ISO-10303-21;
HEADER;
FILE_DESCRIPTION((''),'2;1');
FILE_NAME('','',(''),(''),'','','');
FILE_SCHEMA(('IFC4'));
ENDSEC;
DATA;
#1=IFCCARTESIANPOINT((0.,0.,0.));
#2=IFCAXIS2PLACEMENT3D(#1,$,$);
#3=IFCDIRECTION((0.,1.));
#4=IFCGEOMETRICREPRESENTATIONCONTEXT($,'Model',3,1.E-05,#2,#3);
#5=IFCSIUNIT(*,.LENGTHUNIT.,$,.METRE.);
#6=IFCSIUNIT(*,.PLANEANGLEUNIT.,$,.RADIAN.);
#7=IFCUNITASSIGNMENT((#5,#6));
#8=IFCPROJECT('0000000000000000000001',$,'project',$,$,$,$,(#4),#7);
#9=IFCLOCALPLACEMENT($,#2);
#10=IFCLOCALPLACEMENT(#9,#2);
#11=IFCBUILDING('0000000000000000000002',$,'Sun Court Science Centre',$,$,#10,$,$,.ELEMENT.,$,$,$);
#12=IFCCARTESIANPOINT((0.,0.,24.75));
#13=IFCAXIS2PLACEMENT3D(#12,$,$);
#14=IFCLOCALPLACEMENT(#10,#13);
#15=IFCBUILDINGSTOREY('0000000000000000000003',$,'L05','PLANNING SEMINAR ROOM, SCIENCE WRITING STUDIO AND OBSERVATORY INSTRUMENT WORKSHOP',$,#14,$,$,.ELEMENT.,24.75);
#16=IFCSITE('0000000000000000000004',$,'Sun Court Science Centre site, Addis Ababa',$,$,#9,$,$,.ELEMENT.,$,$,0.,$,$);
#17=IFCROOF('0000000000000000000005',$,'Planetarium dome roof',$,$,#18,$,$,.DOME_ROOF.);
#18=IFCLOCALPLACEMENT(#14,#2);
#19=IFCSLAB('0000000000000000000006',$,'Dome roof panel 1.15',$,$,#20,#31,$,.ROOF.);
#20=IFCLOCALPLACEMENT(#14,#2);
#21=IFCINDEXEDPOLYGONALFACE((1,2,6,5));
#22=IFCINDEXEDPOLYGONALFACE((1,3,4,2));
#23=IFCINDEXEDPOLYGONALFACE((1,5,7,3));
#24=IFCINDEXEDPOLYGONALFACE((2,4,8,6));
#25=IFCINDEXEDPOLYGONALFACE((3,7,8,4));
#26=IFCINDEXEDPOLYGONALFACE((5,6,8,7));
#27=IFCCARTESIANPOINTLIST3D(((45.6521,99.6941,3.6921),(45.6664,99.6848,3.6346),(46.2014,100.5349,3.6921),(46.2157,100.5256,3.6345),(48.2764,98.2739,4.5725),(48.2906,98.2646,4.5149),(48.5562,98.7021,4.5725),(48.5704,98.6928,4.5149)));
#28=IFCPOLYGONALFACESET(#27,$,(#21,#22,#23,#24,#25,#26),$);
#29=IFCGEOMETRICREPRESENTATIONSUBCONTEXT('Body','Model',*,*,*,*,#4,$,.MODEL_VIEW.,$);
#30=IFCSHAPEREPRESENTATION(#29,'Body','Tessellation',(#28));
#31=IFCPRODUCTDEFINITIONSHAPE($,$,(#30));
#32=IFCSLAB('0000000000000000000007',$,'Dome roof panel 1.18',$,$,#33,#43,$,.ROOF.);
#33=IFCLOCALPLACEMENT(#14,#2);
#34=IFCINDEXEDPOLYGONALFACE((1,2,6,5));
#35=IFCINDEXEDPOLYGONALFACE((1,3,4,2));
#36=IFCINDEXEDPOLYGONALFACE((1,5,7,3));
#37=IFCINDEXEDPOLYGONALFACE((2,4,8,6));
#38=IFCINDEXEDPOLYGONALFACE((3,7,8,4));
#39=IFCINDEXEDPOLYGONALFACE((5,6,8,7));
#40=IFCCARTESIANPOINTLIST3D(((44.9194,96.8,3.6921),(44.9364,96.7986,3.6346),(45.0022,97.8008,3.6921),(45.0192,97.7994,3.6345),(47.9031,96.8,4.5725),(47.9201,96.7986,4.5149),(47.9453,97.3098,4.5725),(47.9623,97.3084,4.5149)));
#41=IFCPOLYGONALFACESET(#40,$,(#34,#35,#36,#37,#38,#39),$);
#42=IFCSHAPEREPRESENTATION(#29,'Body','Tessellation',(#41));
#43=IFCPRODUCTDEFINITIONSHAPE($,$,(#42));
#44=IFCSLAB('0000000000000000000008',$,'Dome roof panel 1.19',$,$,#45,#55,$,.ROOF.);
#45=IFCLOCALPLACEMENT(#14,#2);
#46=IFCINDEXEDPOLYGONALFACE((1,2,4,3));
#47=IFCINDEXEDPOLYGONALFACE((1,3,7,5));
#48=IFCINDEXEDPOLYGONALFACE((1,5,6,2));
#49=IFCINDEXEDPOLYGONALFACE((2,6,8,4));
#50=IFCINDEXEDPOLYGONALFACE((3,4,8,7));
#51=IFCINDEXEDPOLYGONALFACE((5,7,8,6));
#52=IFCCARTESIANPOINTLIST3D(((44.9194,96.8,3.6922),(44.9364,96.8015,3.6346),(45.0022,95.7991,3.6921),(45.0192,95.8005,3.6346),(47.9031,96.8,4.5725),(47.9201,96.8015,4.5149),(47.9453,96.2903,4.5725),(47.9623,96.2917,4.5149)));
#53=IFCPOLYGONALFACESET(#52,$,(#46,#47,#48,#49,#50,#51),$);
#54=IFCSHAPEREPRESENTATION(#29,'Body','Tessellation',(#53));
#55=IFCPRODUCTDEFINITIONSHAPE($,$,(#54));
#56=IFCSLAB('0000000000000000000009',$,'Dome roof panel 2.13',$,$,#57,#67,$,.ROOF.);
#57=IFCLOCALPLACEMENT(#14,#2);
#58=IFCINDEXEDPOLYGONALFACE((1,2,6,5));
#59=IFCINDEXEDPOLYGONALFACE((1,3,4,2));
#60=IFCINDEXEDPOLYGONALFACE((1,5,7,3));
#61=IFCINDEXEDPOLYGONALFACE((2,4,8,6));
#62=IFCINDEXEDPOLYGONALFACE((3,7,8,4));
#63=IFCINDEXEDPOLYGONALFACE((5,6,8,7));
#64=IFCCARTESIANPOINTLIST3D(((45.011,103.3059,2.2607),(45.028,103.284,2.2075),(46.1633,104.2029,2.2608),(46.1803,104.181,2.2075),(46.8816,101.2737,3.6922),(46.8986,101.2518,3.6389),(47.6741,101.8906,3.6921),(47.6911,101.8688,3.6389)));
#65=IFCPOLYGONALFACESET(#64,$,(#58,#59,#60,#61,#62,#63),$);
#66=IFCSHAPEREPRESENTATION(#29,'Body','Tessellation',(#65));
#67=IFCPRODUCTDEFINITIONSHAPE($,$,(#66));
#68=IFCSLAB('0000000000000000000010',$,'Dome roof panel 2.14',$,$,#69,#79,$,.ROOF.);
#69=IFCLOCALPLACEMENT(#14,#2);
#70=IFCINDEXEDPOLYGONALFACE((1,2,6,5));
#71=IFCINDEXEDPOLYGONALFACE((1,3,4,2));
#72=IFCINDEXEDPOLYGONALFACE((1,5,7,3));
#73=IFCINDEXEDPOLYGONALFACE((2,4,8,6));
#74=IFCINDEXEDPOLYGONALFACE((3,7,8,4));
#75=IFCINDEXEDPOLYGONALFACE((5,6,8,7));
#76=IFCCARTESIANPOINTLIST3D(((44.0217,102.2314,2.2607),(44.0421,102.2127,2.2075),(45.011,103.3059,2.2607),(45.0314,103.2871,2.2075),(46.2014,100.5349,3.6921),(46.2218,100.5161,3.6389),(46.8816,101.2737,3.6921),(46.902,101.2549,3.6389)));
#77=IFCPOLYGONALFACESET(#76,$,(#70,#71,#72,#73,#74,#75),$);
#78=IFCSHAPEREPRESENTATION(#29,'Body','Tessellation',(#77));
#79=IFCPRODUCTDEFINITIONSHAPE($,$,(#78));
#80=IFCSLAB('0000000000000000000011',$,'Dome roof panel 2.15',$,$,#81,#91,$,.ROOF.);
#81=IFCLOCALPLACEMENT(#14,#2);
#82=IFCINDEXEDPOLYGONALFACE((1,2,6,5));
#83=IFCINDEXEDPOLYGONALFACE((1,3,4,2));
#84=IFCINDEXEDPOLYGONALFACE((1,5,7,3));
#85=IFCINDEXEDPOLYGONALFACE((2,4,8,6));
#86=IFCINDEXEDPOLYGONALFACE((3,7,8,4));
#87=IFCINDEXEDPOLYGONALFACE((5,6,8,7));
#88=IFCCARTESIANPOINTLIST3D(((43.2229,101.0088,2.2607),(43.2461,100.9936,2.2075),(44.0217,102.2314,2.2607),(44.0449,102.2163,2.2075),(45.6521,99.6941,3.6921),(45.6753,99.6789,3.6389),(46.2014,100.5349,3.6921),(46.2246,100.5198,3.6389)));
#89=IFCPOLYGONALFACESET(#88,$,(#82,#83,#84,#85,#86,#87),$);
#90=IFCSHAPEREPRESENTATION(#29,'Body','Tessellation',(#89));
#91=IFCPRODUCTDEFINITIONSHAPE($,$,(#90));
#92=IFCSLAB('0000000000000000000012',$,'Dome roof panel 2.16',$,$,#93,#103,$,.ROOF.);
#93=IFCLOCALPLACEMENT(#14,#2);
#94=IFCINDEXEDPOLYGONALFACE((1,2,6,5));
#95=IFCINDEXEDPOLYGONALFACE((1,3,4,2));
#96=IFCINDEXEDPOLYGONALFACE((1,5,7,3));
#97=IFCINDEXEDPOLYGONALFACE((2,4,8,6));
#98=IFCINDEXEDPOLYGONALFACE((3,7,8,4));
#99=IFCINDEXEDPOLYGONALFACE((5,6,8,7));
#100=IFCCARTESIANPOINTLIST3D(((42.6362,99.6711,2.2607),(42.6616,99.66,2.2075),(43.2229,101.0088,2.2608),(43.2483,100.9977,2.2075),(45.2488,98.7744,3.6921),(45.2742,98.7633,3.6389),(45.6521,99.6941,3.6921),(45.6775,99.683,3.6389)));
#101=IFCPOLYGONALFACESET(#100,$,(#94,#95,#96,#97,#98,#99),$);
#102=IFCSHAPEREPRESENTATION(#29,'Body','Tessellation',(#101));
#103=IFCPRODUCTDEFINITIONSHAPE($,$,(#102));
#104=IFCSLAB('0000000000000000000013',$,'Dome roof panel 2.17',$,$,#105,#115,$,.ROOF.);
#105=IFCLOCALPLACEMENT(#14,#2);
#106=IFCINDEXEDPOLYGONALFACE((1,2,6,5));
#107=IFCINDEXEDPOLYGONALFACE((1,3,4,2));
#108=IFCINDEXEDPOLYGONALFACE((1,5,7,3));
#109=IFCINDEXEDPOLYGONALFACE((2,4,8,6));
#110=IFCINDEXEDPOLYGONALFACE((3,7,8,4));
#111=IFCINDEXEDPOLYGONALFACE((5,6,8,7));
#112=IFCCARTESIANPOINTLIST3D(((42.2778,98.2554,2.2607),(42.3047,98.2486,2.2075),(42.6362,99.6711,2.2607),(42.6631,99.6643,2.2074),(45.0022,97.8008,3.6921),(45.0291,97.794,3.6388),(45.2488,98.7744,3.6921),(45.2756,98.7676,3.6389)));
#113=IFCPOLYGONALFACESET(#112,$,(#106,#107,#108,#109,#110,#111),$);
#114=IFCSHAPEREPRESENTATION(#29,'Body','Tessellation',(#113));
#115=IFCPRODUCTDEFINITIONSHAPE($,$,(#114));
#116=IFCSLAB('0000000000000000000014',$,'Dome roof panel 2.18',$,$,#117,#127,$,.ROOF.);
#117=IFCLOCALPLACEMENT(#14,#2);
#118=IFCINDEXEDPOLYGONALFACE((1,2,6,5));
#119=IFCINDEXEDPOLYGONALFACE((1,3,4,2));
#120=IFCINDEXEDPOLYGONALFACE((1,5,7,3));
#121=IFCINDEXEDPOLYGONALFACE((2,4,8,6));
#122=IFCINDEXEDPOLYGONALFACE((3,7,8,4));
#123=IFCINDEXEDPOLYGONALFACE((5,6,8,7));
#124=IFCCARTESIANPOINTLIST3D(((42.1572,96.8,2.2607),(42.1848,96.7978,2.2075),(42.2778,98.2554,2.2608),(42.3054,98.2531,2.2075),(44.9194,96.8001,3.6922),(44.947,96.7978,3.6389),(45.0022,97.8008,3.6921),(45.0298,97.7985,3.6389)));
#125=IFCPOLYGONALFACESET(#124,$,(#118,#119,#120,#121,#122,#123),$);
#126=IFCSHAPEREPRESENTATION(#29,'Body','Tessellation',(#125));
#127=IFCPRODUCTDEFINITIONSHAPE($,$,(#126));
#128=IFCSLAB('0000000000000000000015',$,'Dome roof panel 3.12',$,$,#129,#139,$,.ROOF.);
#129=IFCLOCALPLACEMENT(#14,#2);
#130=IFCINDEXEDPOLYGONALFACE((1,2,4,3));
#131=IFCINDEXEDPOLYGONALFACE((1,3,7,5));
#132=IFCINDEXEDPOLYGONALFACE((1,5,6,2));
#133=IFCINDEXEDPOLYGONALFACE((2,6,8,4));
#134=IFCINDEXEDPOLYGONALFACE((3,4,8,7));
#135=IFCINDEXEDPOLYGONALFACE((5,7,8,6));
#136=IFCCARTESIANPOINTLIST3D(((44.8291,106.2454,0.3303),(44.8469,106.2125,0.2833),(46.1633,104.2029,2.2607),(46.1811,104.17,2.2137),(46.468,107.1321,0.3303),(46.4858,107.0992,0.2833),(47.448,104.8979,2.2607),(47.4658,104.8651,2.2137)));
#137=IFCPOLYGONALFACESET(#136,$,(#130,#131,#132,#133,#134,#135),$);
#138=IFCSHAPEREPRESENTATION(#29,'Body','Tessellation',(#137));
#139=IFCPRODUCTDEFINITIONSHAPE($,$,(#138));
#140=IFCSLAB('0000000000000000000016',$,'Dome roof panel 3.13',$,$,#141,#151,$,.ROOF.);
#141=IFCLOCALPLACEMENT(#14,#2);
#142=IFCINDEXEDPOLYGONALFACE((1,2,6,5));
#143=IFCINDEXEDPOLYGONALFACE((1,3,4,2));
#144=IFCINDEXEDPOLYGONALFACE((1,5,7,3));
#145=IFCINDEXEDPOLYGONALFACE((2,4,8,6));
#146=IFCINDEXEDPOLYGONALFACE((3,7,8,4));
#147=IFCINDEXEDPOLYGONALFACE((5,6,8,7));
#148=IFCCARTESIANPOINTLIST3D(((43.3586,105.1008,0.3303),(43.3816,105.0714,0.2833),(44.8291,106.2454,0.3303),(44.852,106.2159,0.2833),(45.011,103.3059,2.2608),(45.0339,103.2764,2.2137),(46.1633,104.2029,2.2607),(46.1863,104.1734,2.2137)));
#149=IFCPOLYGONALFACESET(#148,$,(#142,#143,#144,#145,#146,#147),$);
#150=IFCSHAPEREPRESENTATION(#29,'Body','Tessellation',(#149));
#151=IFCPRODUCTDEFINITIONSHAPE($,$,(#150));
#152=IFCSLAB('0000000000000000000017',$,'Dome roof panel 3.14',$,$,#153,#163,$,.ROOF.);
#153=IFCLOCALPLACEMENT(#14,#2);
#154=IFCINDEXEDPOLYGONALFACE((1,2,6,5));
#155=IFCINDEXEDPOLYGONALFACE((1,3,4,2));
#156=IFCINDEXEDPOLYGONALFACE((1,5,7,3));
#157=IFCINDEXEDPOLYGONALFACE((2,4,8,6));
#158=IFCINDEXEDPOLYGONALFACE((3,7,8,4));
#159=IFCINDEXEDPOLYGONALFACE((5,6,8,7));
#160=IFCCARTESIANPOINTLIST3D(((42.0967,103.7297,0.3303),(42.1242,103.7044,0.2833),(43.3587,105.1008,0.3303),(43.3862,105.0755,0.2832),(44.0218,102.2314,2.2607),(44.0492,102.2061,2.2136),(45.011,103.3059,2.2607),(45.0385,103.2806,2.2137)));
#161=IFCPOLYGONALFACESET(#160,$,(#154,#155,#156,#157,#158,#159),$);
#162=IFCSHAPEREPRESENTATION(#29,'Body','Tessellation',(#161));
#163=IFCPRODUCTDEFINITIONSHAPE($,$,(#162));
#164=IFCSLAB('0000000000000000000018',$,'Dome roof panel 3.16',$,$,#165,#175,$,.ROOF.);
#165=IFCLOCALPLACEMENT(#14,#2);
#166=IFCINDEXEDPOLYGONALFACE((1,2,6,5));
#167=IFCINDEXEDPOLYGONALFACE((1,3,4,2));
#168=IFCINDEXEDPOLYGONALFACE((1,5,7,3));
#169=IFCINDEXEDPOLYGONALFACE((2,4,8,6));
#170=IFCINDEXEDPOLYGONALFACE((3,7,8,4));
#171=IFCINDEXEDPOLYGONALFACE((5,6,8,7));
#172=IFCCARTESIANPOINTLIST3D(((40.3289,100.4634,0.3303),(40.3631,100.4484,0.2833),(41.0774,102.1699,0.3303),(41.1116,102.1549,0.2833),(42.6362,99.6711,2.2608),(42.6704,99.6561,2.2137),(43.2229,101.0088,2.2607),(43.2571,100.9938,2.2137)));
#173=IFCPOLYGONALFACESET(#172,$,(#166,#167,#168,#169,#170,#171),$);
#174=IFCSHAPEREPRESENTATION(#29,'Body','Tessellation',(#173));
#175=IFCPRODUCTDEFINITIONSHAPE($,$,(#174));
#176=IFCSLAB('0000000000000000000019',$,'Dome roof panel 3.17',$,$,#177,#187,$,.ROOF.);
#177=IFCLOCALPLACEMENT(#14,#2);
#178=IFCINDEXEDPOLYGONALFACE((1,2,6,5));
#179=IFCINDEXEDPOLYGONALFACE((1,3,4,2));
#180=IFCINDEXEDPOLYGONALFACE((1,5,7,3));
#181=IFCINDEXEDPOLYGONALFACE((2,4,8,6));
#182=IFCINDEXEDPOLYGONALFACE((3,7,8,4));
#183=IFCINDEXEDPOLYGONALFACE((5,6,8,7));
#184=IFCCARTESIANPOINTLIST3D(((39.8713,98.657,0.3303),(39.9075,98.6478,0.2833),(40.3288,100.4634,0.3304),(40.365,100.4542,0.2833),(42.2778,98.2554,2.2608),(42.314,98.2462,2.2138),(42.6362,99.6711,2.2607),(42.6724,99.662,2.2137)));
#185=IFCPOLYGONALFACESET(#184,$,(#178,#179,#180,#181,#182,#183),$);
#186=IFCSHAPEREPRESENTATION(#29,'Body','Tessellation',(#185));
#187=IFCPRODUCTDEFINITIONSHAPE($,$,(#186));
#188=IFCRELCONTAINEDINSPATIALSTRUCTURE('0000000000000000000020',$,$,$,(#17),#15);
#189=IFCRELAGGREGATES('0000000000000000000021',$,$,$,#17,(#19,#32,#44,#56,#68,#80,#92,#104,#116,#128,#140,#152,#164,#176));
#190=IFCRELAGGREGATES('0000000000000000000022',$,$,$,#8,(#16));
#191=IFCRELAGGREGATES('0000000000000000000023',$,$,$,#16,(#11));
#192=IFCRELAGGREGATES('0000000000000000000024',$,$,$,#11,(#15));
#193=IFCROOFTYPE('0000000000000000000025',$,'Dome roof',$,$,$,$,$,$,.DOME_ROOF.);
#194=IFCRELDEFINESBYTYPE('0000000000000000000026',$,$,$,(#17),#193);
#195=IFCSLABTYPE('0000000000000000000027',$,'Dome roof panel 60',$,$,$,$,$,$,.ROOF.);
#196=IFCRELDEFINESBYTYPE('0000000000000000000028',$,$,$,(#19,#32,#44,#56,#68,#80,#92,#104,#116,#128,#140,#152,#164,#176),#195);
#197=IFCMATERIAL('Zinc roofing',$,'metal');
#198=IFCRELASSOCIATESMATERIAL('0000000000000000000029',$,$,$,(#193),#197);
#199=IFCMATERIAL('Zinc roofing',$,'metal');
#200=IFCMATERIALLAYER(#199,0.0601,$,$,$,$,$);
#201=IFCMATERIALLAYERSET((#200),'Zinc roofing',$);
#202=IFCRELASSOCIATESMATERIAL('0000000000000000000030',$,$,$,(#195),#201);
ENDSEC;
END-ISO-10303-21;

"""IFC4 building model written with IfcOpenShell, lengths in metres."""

from ifc_helpers import new_model, si_unit, direction, frame, origin, place, context, subcontext, project, spatial, polyline, outline, extrude, material, layer, layer_set, type_object, element, aggregate, save


model = new_model("IFC4")

# Units and contexts
model_context = context("Model", 3, precision=1e-05, world=origin(), true_north=direction((0.0, 1.0)))
body_context = subcontext(model_context, "Body", "Model", "MODEL_VIEW")
ifc_project = project(units=[si_unit("LENGTHUNIT", "METRE"), si_unit("PLANEANGLEUNIT", "RADIAN")], contexts=[model_context])

# Site, building, storey
site_placement = place(None, origin())
site = spatial("IfcSite", under=ifc_project, at=site_placement, Name="Sun Court Science Centre site, Addis Ababa", CompositionType="ELEMENT", RefElevation=0.0)
building_placement = place(site_placement, origin())
building = spatial("IfcBuilding", under=site, at=building_placement, Name="Sun Court Science Centre", CompositionType="ELEMENT")
storey_placement = place(building_placement, frame((0.0, 0.0, 24.75)))
storey = spatial("IfcBuildingStorey", under=building, at=storey_placement, Name="L05", Description="PLANNING SEMINAR ROOM, SCIENCE WRITING STUDIO AND OBSERVATORY INSTRUMENT WORKSHOP", CompositionType="ELEMENT", Elevation=24.75)

# Roof, slabs
ifc_material_1 = material(Name="Zinc roofing", Category="metal")
roof_type = type_object("IfcRoofType", Name="Dome roof", PredefinedType="DOME_ROOF", material=ifc_material_1)
roof_placement = place(storey_placement, origin())
roof = element("IfcRoof", 1, at=roof_placement, inside=storey, type_object=roof_type, Name="Planetarium dome roof", PredefinedType="DOME_ROOF")
ifc_material_2 = material(Name="Zinc roofing", Category="metal")
ifc_layer = layer(ifc_material_2, 0.0601)
ifc_layer_set = layer_set([ifc_layer], Name="Zinc roofing")
slab_type = type_object("IfcSlabType", Name="Dome roof panel 60", PredefinedType="ROOF", material=ifc_layer_set)
slab_1_placement = place(storey_placement, frame((48.5562, 98.7021, 4.5725), z_axis=(-0.237648, 0.155262, 0.958862), x_axis=(-0.546965, -0.837156, -0.000007)))
slab_1 = element("IfcSlab", 2, at=slab_1_placement, type_object=slab_type, Name="Dome roof panel 1.15", PredefinedType="ROOF", context=body_context, shape_type="SweptSolid", body=[
    extrude(outline(polyline([(0.0, 0.0), (0.5115, 0.0), (0.758, -3.1013), (-0.2463, -3.1013), (0.0, 0.0)])), origin(), (0.0, 0.0, -1.0), 0.0601),
])
slab_2_placement = place(storey_placement, frame((47.9453, 97.3098, 4.5725), z_axis=(-0.282921, 0.023413, 0.958857), x_axis=(-0.082563, -0.996586, -0.000027)))
slab_2 = element("IfcSlab", 3, at=slab_2_placement, type_object=slab_type, Name="Dome roof panel 1.18", PredefinedType="ROOF", context=body_context, shape_type="SweptSolid", body=[
    extrude(outline(polyline([(0.0, 0.0), (0.5115, 0.0), (0.7579, -3.101), (-0.2463, -3.1012), (0.0, 0.0)])), origin(), (0.0, 0.0, -1.0), 0.0601),
])
slab_3_placement = place(storey_placement, frame((47.9031, 96.8, 4.5725), z_axis=(-0.282921, -0.023409, 0.958858), x_axis=(0.082562, -0.996586, 0.000031)))
slab_3 = element("IfcSlab", 4, at=slab_3_placement, type_object=slab_type, Name="Dome roof panel 1.19", PredefinedType="ROOF", context=body_context, shape_type="SweptSolid", body=[
    extrude(outline(polyline([(0.0, 0.0), (0.5115, 0.0), (0.758, -3.1012), (-0.2464, -3.101), (0.0, 0.0)])), origin(), (0.0, 0.0, -1.0), 0.0601),
])
slab_4_placement = place(storey_placement, frame((47.6741, 101.8906, 3.6921), z_axis=(-0.283396, 0.364059, 0.887213), x_axis=(-0.789082, -0.614287, 0.000016)))
slab_4 = element("IfcSlab", 5, at=slab_4_placement, type_object=slab_type, Name="Dome roof panel 2.13", PredefinedType="ROOF", context=body_context, shape_type="SweptSolid", body=[
    extrude(outline(polyline([(0.0, 0.0), (1.0043, 0.0), (1.232, -3.1026), (-0.2283, -3.1025), (0.0, 0.0)])), origin(), (0.0, 0.0, -1.0), 0.0601),
])
slab_5_placement = place(storey_placement, frame((46.8816, 101.2737, 3.6921), z_axis=(-0.339409, 0.312492, 0.887215), x_axis=(-0.677331, -0.735678, 0.000002)))
slab_5 = element("IfcSlab", 6, at=slab_5_placement, type_object=slab_type, Name="Dome roof panel 2.14", PredefinedType="ROOF", context=body_context, shape_type="SweptSolid", body=[
    extrude(outline(polyline([(0.0, 0.0), (1.0042, 0.0), (1.2325, -3.1026), (-0.228, -3.1026), (0.0, 0.0)])), origin(), (0.0, 0.0, -1.0), 0.0601),
])
slab_6_placement = place(storey_placement, frame((46.2014, 100.5349, 3.6921), z_axis=(-0.386227, 0.252336, 0.887218), x_axis=(-0.546938, -0.837173, 0.000008)))
slab_6 = element("IfcSlab", 7, at=slab_6_placement, type_object=slab_type, Name="Dome roof panel 2.15", PredefinedType="ROOF", context=body_context, shape_type="SweptSolid", body=[
    extrude(outline(polyline([(0.0, 0.0), (1.0044, 0.0), (1.2323, -3.1026), (-0.2281, -3.1026), (0.0, 0.0)])), origin(), (0.0, 0.0, -1.0), 0.0601),
])
slab_7_placement = place(storey_placement, frame((45.6521, 99.6941, 3.6921), z_axis=(-0.422503, 0.185296, 0.887218), x_axis=(-0.401626, -0.915804, 0.000008)))
slab_7 = element("IfcSlab", 8, at=slab_7_placement, type_object=slab_type, Name="Dome roof panel 2.16", PredefinedType="ROOF", context=body_context, shape_type="SweptSolid", body=[
    extrude(outline(polyline([(0.0, 0.0), (1.0042, 0.0), (1.2323, -3.1026), (-0.2284, -3.1026), (0.0, 0.0)])), origin(), (0.0, 0.0, -1.0), 0.0601),
])
slab_8_placement = place(storey_placement, frame((45.2488, 98.7744, 3.6921), z_axis=(-0.447242, 0.113239, 0.887216), x_axis=(-0.245496, -0.969398, -0.000026)))
slab_8 = element("IfcSlab", 9, at=slab_8_placement, type_object=slab_type, Name="Dome roof panel 2.17", PredefinedType="ROOF", context=body_context, shape_type="SweptSolid", body=[
    extrude(outline(polyline([(0.0, 0.0), (1.0044, 0.0), (1.2326, -3.1025), (-0.2279, -3.1027), (0.0, 0.0)])), origin(), (0.0, 0.0, -1.0), 0.0601),
])
slab_9_placement = place(storey_placement, frame((45.0022, 97.8008, 3.6921), z_axis=(-0.459779, 0.038071, 0.887217), x_axis=(-0.082443, -0.996596, 0.000041)))
slab_9 = element("IfcSlab", 10, at=slab_9_placement, type_object=slab_type, Name="Dome roof panel 2.18", PredefinedType="ROOF", context=body_context, shape_type="SweptSolid", body=[
    extrude(outline(polyline([(0.0, 0.0), (1.0041, 0.0), (1.2318, -3.1027), (-0.2285, -3.1025), (0.0, 0.0)])), origin(), (0.0, 0.0, -1.0), 0.0601),
])
slab_10_placement = place(storey_placement, frame((47.448, 104.8979, 2.2607), z_axis=(-0.295898, 0.546903, 0.783161), x_axis=(-0.87952, -0.475862, 0.000002)))
slab_10 = element("IfcSlab", 11, at=slab_10_placement, type_object=slab_type, Name="Dome roof panel 3.12", PredefinedType="ROOF", context=body_context, shape_type="SweptSolid", body=[
    extrude(outline(polyline([(0.0, 0.0), (1.4606, 0.0), (1.6622, -3.1045), (-0.2012, -3.1045), (0.0, 0.0)])), origin(), (0.0, 0.0, -1.0), 0.0601),
])
slab_11_placement = place(storey_placement, frame((46.1633, 104.2029, 2.2607), z_axis=(-0.381938, 0.490692, 0.783163), x_axis=(-0.789121, -0.614237, 0.000007)))
slab_11 = element("IfcSlab", 12, at=slab_11_placement, type_object=slab_type, Name="Dome roof panel 3.13", PredefinedType="ROOF", context=body_context, shape_type="SweptSolid", body=[
    extrude(outline(polyline([(0.0, 0.0), (1.4603, 0.0), (1.6617, -3.1045), (-0.2017, -3.1045), (0.0, 0.0)])), origin(), (0.0, 0.0, -1.0), 0.0601),
])
slab_12_placement = place(storey_placement, frame((45.011, 103.3059, 2.2607), z_axis=(-0.457505, 0.42115, 0.783149), x_axis=(-0.67731, -0.735698, -0.000043)))
slab_12 = element("IfcSlab", 13, at=slab_12_placement, type_object=slab_type, Name="Dome roof panel 3.14", PredefinedType="ROOF", context=body_context, shape_type="SweptSolid", body=[
    extrude(outline(polyline([(0.0, 0.0), (1.4605, 0.0), (1.6622, -3.1043), (-0.2013, -3.1045), (0.0, 0.0)])), origin(), (0.0, 0.0, -1.0), 0.0601),
])
slab_13_placement = place(storey_placement, frame((43.2229, 101.0088, 2.2607), z_axis=(-0.56946, 0.24977, 0.783154), x_axis=(-0.401659, -0.915789, 0.00001)))
slab_13 = element("IfcSlab", 14, at=slab_13_placement, type_object=slab_type, Name="Dome roof panel 3.16", PredefinedType="ROOF", context=body_context, shape_type="SweptSolid", body=[
    extrude(outline(polyline([(0.0, 0.0), (1.4606, 0.0), (1.6619, -3.1045), (-0.2016, -3.1044), (0.0, 0.0)])), origin(), (0.0, 0.0, -1.0), 0.0601),
])
slab_14_placement = place(storey_placement, frame((42.6362, 99.6711, 2.2607), z_axis=(-0.602786, 0.152638, 0.783167), x_axis=(-0.245432, -0.969414, 0.000033)))
slab_14 = element("IfcSlab", 15, at=slab_14_placement, type_object=slab_type, Name="Dome roof panel 3.17", PredefinedType="ROOF", context=body_context, shape_type="SweptSolid", body=[
    extrude(outline(polyline([(0.0, 0.0), (1.4604, 0.0), (1.6617, -3.1046), (-0.2018, -3.1044), (0.0, 0.0)])), origin(), (0.0, 0.0, -1.0), 0.0601),
])
aggregate(roof, [slab_1, slab_2, slab_3, slab_4, slab_5, slab_6, slab_7, slab_8, slab_9, slab_10, slab_11, slab_12, slab_13, slab_14])

save(model, "model.ifc")
